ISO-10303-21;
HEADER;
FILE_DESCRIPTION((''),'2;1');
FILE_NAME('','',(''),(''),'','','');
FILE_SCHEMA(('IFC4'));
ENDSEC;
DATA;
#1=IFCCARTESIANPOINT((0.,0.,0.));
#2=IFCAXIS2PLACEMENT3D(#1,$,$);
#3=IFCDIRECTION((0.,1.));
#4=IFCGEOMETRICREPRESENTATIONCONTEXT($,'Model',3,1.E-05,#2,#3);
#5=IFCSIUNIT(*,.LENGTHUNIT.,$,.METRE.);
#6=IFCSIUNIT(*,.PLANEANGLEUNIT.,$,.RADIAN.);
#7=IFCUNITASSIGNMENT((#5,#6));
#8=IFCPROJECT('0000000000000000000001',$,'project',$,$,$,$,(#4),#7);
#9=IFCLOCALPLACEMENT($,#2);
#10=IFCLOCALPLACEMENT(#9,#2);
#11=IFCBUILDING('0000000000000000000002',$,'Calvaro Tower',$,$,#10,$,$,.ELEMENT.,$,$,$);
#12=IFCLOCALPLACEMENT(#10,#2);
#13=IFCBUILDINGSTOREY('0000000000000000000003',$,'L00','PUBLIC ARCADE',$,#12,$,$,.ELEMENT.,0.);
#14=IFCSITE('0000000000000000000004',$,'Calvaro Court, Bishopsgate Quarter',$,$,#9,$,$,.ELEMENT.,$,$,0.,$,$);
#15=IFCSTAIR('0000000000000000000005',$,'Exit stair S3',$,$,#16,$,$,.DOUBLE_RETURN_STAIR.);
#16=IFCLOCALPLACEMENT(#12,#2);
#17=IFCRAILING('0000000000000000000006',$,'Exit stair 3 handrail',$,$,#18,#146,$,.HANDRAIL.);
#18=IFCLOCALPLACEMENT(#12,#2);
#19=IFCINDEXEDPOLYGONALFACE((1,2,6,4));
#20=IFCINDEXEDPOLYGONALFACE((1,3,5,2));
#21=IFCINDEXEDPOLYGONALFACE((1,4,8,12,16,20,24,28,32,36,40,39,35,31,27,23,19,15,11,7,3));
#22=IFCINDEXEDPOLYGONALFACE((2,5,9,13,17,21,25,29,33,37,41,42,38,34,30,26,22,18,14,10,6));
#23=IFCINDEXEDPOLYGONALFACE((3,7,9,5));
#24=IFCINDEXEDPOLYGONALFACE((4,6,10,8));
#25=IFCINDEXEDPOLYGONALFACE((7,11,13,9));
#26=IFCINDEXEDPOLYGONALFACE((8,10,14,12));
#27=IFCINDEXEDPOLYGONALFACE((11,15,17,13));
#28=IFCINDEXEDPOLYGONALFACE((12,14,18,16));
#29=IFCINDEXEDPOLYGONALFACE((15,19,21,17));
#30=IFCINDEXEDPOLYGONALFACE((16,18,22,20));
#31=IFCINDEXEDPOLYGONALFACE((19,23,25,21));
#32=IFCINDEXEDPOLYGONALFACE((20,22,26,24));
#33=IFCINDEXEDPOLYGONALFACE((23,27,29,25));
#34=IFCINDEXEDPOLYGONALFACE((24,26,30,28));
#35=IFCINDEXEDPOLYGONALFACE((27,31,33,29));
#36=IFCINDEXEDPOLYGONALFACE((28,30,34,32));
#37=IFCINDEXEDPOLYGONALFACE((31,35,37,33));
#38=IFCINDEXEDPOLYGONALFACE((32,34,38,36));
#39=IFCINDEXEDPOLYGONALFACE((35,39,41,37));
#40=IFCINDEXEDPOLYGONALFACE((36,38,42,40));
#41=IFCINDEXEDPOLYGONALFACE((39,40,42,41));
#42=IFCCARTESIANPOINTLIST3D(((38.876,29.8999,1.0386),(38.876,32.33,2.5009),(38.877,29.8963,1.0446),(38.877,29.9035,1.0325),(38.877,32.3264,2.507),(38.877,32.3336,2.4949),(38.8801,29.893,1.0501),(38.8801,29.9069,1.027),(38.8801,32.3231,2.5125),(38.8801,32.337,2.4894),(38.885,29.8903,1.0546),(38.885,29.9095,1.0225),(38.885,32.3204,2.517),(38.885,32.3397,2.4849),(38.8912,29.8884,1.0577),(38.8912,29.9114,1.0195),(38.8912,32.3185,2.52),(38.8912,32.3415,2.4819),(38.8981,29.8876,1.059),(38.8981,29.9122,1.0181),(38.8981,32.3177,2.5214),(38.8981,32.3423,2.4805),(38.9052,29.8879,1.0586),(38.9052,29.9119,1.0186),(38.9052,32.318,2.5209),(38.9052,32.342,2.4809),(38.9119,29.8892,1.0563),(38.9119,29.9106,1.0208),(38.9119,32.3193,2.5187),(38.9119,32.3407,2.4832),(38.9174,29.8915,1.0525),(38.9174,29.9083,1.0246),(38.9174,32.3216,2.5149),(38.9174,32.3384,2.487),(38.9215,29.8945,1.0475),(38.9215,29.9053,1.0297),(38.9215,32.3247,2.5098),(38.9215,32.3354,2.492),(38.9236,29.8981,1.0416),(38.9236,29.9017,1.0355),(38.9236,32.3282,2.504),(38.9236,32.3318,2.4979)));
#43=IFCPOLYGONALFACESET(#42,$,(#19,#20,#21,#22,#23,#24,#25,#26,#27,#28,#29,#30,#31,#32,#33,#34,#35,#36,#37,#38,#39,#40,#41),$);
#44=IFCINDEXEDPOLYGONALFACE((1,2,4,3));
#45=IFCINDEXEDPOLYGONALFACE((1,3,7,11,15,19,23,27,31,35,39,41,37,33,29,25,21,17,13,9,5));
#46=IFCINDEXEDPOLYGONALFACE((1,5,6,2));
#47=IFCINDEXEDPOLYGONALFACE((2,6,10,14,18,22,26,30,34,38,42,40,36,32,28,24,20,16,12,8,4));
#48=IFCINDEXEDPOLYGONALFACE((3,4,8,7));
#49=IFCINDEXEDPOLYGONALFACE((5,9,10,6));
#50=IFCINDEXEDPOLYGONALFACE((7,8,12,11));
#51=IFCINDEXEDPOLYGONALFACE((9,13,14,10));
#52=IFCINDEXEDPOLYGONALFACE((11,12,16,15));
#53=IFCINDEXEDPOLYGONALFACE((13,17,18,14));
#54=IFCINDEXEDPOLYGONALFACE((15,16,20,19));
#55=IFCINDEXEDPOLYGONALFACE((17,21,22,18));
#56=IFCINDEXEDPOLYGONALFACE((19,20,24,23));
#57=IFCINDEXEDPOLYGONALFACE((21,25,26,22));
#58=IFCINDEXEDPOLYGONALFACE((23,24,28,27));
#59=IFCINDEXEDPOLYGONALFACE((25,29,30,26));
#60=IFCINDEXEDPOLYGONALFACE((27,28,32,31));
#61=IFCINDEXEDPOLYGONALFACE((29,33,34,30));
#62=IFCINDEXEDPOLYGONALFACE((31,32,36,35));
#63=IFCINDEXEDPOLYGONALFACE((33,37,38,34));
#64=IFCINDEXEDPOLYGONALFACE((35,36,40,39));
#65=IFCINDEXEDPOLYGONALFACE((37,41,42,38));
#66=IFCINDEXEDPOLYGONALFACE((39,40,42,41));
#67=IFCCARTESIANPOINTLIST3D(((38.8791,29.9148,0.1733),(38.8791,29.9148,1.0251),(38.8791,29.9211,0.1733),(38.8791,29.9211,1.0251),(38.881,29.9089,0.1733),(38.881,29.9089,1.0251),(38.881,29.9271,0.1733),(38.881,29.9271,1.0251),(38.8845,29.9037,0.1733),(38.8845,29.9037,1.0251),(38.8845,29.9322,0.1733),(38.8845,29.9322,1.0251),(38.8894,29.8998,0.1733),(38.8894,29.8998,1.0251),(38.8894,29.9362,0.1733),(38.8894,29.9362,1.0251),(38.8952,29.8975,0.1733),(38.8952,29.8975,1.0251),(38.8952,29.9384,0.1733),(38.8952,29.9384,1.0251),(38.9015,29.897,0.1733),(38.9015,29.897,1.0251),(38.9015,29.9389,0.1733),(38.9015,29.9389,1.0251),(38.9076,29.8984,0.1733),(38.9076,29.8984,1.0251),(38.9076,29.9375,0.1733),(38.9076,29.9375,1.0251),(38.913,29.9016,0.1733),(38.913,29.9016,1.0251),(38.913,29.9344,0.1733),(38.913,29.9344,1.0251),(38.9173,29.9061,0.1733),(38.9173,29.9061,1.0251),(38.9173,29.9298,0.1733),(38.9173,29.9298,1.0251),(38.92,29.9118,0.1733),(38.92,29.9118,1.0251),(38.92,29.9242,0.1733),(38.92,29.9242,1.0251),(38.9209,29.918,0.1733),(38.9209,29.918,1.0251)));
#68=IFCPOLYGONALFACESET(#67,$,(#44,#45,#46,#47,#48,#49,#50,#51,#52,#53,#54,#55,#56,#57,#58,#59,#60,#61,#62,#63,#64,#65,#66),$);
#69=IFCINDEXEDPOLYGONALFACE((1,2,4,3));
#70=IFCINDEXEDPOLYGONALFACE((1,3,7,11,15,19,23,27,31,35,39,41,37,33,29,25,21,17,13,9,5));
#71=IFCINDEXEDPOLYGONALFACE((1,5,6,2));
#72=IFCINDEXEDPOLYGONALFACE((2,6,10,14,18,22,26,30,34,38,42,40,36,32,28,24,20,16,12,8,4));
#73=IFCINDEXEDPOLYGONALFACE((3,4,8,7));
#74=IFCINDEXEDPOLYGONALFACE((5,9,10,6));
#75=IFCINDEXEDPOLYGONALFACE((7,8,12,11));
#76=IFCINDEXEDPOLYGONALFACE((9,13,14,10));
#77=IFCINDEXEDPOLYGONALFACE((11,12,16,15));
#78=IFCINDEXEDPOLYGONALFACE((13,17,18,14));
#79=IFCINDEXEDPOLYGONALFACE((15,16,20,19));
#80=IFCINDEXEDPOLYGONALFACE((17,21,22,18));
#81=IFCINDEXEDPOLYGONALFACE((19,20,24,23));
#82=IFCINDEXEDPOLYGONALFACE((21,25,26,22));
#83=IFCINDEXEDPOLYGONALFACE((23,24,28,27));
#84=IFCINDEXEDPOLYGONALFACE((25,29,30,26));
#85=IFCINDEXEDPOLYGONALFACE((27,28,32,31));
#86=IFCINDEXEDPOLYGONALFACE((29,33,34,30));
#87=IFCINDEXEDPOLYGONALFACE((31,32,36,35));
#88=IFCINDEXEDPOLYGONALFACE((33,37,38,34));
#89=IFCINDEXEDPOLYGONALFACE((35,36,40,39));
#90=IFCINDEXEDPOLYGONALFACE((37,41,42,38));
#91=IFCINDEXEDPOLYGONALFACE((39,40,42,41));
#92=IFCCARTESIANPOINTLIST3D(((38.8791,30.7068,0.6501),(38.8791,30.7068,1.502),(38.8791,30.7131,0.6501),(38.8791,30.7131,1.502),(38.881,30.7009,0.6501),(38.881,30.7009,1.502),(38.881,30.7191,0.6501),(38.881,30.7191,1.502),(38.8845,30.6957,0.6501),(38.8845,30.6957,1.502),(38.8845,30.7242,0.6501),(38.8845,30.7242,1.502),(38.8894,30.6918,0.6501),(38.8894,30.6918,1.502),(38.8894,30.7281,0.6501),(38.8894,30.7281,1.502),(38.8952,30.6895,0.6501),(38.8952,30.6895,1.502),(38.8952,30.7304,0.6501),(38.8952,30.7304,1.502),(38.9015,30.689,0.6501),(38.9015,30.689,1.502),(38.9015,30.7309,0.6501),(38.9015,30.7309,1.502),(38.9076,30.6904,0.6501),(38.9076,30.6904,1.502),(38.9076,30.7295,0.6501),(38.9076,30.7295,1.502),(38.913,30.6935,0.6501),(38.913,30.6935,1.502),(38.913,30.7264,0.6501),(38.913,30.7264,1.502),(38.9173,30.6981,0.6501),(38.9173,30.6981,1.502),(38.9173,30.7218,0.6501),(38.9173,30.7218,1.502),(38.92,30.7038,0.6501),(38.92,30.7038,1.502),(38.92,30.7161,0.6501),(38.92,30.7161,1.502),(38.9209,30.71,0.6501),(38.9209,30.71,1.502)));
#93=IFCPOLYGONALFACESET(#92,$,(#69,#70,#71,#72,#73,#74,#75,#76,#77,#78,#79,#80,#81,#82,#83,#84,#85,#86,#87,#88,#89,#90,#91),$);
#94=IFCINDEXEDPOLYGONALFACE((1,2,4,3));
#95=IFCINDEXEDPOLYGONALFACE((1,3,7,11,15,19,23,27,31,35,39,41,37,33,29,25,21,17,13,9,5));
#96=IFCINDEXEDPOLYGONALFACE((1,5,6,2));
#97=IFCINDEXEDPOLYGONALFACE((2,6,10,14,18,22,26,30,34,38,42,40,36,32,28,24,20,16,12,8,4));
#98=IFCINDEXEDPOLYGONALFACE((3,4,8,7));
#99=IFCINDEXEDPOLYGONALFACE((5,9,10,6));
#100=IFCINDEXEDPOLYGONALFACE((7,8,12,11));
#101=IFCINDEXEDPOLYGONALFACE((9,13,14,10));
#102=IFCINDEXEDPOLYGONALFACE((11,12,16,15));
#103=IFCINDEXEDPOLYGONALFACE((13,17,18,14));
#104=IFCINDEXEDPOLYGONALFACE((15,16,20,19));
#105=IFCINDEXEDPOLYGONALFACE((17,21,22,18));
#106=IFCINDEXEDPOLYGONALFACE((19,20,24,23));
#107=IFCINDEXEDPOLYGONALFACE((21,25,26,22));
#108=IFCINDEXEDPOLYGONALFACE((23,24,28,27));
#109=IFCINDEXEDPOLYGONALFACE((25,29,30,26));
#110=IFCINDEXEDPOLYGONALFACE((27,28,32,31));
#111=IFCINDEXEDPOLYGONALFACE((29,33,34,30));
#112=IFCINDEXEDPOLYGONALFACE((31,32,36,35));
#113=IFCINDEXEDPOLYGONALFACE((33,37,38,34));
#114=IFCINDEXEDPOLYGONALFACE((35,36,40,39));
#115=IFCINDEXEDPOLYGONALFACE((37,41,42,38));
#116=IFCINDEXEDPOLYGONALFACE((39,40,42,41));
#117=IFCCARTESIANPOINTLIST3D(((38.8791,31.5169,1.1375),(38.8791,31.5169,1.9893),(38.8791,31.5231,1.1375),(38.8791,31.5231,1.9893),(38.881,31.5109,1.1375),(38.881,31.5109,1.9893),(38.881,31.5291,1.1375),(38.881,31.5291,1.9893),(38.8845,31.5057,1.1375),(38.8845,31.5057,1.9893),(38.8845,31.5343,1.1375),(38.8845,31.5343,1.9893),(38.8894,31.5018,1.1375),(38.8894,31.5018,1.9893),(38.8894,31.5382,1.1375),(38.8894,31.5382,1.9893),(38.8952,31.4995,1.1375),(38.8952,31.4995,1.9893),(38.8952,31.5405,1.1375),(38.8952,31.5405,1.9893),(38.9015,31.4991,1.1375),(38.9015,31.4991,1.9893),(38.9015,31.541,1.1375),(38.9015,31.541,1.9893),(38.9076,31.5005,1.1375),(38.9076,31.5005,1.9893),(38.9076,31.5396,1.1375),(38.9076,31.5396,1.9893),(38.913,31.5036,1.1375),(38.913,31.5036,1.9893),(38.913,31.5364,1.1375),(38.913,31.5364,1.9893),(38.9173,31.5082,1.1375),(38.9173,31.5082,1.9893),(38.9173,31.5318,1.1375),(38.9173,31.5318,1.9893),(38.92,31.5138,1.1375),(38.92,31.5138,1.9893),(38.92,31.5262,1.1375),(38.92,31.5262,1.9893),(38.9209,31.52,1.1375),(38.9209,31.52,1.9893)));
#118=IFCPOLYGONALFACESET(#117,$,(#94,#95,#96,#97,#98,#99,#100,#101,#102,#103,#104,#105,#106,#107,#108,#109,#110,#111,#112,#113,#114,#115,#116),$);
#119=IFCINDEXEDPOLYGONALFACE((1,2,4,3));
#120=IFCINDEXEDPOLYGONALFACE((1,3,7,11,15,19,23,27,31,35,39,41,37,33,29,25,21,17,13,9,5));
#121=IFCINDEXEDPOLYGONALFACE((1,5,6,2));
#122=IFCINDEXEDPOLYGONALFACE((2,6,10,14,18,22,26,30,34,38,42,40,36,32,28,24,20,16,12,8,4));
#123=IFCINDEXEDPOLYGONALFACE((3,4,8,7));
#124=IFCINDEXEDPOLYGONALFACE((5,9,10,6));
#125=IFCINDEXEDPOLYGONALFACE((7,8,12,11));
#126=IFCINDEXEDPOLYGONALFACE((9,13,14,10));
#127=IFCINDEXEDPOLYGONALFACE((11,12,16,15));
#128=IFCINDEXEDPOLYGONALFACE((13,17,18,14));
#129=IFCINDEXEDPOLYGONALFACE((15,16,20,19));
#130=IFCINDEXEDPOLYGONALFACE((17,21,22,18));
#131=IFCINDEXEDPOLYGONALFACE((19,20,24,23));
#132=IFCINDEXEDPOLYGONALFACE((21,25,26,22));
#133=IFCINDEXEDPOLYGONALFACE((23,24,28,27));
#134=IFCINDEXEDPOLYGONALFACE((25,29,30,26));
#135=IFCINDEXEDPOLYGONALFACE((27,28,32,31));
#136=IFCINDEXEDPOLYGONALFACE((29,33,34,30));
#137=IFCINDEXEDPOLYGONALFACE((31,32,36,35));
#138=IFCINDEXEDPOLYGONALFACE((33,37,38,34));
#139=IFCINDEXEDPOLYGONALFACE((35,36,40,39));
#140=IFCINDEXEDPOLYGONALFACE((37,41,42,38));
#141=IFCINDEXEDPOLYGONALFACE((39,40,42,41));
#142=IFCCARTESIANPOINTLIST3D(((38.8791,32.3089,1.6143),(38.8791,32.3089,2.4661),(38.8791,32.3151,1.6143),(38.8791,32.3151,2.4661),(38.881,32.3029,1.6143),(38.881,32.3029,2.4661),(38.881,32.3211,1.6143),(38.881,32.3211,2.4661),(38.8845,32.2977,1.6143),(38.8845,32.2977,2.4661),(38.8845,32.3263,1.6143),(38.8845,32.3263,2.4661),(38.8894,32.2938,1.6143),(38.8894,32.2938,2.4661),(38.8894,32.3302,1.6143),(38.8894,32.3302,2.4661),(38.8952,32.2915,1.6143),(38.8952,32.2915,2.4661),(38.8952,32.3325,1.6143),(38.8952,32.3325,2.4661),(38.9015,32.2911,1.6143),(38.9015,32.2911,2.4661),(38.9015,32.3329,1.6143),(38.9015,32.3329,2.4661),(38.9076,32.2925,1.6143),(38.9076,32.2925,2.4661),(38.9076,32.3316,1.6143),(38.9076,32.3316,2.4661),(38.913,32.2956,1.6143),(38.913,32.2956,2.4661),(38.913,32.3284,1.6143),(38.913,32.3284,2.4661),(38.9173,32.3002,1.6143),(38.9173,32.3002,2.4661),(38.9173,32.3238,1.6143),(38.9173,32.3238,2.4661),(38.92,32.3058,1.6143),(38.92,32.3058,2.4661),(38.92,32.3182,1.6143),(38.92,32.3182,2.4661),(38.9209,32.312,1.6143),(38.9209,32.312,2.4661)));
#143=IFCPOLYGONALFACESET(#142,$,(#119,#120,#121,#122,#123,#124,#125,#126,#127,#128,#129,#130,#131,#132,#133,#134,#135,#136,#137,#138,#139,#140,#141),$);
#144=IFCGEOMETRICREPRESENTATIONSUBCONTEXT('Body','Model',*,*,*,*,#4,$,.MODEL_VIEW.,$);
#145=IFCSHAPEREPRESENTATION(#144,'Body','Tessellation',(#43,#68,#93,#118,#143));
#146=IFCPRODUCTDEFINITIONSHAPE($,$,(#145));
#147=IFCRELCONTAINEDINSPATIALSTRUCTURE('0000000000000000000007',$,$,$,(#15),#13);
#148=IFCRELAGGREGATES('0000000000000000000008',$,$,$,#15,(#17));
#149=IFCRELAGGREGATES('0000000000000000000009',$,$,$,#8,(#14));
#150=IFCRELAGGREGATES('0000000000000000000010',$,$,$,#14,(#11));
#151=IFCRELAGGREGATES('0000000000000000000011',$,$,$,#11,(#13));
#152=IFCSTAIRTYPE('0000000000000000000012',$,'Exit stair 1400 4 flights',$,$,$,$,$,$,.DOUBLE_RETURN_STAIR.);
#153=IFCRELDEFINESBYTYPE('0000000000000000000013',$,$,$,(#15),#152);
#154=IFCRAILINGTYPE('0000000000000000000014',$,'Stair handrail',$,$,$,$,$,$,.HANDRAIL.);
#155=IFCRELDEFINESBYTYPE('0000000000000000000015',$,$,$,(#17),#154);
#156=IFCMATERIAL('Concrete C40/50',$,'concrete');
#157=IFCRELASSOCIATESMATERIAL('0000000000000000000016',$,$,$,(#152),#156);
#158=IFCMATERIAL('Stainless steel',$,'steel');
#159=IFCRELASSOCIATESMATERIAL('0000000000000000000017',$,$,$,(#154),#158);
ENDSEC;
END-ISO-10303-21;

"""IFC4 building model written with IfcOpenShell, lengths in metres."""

from ifc_helpers import new_model, si_unit, direction, frame, origin, origin_2d, place, context, subcontext, project, spatial, circle, extrude, material, type_object, element, aggregate, save


model = new_model("IFC4")

# Units and contexts
model_context = context("Model", 3, precision=1e-05, world=origin(), true_north=direction((0.0, 1.0)))
body_context = subcontext(model_context, "Body", "Model", "MODEL_VIEW")
ifc_project = project(units=[si_unit("LENGTHUNIT", "METRE"), si_unit("PLANEANGLEUNIT", "RADIAN")], contexts=[model_context])

# Site, building, storey
site_placement = place(None, origin())
site = spatial("IfcSite", under=ifc_project, at=site_placement, Name="Calvaro Court, Bishopsgate Quarter", CompositionType="ELEMENT", RefElevation=0.0)
building_placement = place(site_placement, origin())
building = spatial("IfcBuilding", under=site, at=building_placement, Name="Calvaro Tower", CompositionType="ELEMENT")
storey_placement = place(building_placement, origin())
storey = spatial("IfcBuildingStorey", under=building, at=storey_placement, Name="L00", Description="PUBLIC ARCADE", CompositionType="ELEMENT", Elevation=0.0)

# Stair
ifc_material_1 = material(Name="Concrete C40/50", Category="concrete")
stair_type = type_object("IfcStairType", Name="Exit stair 1400 4 flights", PredefinedType="DOUBLE_RETURN_STAIR", material=ifc_material_1)
stair_1_placement = place(storey_placement, origin())
stair_1 = element("IfcStair", 1, at=stair_1_placement, inside=storey, type_object=stair_type, Name="Exit stair S3", PredefinedType="DOUBLE_RETURN_STAIR")

# Railing
ifc_material_2 = material(Name="Stainless steel", Category="steel")
railing_type = type_object("IfcRailingType", Name="Stair handrail", PredefinedType="HANDRAIL", material=ifc_material_2)
railing_1_placement = place(storey_placement, frame((38.8999, 29.8999, 0.1626)))
railing_1 = element("IfcRailing", 2, at=railing_1_placement, type_object=railing_type, Name="Exit stair 3 handrail", PredefinedType="HANDRAIL", context=body_context, shape_type="SweptSolid", body=[
    extrude(circle(Radius=0.0239, at=origin_2d()), frame((0.0, 0.0, 0.876), z_axis=(0.0, 0.856824, 0.515609), x_axis=(-1.0, 0.0, 0.0)), (0.0, 0.0, 1.0), 2.8362),
    extrude(circle(Radius=0.021, at=origin_2d()), frame((0.0, 0.0181, 0.0107)), (0.0, 0.0, 1.0), 0.8518),
    extrude(circle(Radius=0.021, at=origin_2d()), frame((0.0, 0.8101, 0.4875)), (0.0, 0.0, 1.0), 0.8518),
    extrude(circle(Radius=0.021, at=origin_2d()), frame((0.0, 1.6201, 0.9749)), (0.0, 0.0, 1.0), 0.8518),
    extrude(circle(Radius=0.021, at=origin_2d()), frame((0.0, 2.4121, 1.4517)), (0.0, 0.0, 1.0), 0.8518),
])
aggregate(stair_1, [railing_1])

save(model, "model.ifc")
